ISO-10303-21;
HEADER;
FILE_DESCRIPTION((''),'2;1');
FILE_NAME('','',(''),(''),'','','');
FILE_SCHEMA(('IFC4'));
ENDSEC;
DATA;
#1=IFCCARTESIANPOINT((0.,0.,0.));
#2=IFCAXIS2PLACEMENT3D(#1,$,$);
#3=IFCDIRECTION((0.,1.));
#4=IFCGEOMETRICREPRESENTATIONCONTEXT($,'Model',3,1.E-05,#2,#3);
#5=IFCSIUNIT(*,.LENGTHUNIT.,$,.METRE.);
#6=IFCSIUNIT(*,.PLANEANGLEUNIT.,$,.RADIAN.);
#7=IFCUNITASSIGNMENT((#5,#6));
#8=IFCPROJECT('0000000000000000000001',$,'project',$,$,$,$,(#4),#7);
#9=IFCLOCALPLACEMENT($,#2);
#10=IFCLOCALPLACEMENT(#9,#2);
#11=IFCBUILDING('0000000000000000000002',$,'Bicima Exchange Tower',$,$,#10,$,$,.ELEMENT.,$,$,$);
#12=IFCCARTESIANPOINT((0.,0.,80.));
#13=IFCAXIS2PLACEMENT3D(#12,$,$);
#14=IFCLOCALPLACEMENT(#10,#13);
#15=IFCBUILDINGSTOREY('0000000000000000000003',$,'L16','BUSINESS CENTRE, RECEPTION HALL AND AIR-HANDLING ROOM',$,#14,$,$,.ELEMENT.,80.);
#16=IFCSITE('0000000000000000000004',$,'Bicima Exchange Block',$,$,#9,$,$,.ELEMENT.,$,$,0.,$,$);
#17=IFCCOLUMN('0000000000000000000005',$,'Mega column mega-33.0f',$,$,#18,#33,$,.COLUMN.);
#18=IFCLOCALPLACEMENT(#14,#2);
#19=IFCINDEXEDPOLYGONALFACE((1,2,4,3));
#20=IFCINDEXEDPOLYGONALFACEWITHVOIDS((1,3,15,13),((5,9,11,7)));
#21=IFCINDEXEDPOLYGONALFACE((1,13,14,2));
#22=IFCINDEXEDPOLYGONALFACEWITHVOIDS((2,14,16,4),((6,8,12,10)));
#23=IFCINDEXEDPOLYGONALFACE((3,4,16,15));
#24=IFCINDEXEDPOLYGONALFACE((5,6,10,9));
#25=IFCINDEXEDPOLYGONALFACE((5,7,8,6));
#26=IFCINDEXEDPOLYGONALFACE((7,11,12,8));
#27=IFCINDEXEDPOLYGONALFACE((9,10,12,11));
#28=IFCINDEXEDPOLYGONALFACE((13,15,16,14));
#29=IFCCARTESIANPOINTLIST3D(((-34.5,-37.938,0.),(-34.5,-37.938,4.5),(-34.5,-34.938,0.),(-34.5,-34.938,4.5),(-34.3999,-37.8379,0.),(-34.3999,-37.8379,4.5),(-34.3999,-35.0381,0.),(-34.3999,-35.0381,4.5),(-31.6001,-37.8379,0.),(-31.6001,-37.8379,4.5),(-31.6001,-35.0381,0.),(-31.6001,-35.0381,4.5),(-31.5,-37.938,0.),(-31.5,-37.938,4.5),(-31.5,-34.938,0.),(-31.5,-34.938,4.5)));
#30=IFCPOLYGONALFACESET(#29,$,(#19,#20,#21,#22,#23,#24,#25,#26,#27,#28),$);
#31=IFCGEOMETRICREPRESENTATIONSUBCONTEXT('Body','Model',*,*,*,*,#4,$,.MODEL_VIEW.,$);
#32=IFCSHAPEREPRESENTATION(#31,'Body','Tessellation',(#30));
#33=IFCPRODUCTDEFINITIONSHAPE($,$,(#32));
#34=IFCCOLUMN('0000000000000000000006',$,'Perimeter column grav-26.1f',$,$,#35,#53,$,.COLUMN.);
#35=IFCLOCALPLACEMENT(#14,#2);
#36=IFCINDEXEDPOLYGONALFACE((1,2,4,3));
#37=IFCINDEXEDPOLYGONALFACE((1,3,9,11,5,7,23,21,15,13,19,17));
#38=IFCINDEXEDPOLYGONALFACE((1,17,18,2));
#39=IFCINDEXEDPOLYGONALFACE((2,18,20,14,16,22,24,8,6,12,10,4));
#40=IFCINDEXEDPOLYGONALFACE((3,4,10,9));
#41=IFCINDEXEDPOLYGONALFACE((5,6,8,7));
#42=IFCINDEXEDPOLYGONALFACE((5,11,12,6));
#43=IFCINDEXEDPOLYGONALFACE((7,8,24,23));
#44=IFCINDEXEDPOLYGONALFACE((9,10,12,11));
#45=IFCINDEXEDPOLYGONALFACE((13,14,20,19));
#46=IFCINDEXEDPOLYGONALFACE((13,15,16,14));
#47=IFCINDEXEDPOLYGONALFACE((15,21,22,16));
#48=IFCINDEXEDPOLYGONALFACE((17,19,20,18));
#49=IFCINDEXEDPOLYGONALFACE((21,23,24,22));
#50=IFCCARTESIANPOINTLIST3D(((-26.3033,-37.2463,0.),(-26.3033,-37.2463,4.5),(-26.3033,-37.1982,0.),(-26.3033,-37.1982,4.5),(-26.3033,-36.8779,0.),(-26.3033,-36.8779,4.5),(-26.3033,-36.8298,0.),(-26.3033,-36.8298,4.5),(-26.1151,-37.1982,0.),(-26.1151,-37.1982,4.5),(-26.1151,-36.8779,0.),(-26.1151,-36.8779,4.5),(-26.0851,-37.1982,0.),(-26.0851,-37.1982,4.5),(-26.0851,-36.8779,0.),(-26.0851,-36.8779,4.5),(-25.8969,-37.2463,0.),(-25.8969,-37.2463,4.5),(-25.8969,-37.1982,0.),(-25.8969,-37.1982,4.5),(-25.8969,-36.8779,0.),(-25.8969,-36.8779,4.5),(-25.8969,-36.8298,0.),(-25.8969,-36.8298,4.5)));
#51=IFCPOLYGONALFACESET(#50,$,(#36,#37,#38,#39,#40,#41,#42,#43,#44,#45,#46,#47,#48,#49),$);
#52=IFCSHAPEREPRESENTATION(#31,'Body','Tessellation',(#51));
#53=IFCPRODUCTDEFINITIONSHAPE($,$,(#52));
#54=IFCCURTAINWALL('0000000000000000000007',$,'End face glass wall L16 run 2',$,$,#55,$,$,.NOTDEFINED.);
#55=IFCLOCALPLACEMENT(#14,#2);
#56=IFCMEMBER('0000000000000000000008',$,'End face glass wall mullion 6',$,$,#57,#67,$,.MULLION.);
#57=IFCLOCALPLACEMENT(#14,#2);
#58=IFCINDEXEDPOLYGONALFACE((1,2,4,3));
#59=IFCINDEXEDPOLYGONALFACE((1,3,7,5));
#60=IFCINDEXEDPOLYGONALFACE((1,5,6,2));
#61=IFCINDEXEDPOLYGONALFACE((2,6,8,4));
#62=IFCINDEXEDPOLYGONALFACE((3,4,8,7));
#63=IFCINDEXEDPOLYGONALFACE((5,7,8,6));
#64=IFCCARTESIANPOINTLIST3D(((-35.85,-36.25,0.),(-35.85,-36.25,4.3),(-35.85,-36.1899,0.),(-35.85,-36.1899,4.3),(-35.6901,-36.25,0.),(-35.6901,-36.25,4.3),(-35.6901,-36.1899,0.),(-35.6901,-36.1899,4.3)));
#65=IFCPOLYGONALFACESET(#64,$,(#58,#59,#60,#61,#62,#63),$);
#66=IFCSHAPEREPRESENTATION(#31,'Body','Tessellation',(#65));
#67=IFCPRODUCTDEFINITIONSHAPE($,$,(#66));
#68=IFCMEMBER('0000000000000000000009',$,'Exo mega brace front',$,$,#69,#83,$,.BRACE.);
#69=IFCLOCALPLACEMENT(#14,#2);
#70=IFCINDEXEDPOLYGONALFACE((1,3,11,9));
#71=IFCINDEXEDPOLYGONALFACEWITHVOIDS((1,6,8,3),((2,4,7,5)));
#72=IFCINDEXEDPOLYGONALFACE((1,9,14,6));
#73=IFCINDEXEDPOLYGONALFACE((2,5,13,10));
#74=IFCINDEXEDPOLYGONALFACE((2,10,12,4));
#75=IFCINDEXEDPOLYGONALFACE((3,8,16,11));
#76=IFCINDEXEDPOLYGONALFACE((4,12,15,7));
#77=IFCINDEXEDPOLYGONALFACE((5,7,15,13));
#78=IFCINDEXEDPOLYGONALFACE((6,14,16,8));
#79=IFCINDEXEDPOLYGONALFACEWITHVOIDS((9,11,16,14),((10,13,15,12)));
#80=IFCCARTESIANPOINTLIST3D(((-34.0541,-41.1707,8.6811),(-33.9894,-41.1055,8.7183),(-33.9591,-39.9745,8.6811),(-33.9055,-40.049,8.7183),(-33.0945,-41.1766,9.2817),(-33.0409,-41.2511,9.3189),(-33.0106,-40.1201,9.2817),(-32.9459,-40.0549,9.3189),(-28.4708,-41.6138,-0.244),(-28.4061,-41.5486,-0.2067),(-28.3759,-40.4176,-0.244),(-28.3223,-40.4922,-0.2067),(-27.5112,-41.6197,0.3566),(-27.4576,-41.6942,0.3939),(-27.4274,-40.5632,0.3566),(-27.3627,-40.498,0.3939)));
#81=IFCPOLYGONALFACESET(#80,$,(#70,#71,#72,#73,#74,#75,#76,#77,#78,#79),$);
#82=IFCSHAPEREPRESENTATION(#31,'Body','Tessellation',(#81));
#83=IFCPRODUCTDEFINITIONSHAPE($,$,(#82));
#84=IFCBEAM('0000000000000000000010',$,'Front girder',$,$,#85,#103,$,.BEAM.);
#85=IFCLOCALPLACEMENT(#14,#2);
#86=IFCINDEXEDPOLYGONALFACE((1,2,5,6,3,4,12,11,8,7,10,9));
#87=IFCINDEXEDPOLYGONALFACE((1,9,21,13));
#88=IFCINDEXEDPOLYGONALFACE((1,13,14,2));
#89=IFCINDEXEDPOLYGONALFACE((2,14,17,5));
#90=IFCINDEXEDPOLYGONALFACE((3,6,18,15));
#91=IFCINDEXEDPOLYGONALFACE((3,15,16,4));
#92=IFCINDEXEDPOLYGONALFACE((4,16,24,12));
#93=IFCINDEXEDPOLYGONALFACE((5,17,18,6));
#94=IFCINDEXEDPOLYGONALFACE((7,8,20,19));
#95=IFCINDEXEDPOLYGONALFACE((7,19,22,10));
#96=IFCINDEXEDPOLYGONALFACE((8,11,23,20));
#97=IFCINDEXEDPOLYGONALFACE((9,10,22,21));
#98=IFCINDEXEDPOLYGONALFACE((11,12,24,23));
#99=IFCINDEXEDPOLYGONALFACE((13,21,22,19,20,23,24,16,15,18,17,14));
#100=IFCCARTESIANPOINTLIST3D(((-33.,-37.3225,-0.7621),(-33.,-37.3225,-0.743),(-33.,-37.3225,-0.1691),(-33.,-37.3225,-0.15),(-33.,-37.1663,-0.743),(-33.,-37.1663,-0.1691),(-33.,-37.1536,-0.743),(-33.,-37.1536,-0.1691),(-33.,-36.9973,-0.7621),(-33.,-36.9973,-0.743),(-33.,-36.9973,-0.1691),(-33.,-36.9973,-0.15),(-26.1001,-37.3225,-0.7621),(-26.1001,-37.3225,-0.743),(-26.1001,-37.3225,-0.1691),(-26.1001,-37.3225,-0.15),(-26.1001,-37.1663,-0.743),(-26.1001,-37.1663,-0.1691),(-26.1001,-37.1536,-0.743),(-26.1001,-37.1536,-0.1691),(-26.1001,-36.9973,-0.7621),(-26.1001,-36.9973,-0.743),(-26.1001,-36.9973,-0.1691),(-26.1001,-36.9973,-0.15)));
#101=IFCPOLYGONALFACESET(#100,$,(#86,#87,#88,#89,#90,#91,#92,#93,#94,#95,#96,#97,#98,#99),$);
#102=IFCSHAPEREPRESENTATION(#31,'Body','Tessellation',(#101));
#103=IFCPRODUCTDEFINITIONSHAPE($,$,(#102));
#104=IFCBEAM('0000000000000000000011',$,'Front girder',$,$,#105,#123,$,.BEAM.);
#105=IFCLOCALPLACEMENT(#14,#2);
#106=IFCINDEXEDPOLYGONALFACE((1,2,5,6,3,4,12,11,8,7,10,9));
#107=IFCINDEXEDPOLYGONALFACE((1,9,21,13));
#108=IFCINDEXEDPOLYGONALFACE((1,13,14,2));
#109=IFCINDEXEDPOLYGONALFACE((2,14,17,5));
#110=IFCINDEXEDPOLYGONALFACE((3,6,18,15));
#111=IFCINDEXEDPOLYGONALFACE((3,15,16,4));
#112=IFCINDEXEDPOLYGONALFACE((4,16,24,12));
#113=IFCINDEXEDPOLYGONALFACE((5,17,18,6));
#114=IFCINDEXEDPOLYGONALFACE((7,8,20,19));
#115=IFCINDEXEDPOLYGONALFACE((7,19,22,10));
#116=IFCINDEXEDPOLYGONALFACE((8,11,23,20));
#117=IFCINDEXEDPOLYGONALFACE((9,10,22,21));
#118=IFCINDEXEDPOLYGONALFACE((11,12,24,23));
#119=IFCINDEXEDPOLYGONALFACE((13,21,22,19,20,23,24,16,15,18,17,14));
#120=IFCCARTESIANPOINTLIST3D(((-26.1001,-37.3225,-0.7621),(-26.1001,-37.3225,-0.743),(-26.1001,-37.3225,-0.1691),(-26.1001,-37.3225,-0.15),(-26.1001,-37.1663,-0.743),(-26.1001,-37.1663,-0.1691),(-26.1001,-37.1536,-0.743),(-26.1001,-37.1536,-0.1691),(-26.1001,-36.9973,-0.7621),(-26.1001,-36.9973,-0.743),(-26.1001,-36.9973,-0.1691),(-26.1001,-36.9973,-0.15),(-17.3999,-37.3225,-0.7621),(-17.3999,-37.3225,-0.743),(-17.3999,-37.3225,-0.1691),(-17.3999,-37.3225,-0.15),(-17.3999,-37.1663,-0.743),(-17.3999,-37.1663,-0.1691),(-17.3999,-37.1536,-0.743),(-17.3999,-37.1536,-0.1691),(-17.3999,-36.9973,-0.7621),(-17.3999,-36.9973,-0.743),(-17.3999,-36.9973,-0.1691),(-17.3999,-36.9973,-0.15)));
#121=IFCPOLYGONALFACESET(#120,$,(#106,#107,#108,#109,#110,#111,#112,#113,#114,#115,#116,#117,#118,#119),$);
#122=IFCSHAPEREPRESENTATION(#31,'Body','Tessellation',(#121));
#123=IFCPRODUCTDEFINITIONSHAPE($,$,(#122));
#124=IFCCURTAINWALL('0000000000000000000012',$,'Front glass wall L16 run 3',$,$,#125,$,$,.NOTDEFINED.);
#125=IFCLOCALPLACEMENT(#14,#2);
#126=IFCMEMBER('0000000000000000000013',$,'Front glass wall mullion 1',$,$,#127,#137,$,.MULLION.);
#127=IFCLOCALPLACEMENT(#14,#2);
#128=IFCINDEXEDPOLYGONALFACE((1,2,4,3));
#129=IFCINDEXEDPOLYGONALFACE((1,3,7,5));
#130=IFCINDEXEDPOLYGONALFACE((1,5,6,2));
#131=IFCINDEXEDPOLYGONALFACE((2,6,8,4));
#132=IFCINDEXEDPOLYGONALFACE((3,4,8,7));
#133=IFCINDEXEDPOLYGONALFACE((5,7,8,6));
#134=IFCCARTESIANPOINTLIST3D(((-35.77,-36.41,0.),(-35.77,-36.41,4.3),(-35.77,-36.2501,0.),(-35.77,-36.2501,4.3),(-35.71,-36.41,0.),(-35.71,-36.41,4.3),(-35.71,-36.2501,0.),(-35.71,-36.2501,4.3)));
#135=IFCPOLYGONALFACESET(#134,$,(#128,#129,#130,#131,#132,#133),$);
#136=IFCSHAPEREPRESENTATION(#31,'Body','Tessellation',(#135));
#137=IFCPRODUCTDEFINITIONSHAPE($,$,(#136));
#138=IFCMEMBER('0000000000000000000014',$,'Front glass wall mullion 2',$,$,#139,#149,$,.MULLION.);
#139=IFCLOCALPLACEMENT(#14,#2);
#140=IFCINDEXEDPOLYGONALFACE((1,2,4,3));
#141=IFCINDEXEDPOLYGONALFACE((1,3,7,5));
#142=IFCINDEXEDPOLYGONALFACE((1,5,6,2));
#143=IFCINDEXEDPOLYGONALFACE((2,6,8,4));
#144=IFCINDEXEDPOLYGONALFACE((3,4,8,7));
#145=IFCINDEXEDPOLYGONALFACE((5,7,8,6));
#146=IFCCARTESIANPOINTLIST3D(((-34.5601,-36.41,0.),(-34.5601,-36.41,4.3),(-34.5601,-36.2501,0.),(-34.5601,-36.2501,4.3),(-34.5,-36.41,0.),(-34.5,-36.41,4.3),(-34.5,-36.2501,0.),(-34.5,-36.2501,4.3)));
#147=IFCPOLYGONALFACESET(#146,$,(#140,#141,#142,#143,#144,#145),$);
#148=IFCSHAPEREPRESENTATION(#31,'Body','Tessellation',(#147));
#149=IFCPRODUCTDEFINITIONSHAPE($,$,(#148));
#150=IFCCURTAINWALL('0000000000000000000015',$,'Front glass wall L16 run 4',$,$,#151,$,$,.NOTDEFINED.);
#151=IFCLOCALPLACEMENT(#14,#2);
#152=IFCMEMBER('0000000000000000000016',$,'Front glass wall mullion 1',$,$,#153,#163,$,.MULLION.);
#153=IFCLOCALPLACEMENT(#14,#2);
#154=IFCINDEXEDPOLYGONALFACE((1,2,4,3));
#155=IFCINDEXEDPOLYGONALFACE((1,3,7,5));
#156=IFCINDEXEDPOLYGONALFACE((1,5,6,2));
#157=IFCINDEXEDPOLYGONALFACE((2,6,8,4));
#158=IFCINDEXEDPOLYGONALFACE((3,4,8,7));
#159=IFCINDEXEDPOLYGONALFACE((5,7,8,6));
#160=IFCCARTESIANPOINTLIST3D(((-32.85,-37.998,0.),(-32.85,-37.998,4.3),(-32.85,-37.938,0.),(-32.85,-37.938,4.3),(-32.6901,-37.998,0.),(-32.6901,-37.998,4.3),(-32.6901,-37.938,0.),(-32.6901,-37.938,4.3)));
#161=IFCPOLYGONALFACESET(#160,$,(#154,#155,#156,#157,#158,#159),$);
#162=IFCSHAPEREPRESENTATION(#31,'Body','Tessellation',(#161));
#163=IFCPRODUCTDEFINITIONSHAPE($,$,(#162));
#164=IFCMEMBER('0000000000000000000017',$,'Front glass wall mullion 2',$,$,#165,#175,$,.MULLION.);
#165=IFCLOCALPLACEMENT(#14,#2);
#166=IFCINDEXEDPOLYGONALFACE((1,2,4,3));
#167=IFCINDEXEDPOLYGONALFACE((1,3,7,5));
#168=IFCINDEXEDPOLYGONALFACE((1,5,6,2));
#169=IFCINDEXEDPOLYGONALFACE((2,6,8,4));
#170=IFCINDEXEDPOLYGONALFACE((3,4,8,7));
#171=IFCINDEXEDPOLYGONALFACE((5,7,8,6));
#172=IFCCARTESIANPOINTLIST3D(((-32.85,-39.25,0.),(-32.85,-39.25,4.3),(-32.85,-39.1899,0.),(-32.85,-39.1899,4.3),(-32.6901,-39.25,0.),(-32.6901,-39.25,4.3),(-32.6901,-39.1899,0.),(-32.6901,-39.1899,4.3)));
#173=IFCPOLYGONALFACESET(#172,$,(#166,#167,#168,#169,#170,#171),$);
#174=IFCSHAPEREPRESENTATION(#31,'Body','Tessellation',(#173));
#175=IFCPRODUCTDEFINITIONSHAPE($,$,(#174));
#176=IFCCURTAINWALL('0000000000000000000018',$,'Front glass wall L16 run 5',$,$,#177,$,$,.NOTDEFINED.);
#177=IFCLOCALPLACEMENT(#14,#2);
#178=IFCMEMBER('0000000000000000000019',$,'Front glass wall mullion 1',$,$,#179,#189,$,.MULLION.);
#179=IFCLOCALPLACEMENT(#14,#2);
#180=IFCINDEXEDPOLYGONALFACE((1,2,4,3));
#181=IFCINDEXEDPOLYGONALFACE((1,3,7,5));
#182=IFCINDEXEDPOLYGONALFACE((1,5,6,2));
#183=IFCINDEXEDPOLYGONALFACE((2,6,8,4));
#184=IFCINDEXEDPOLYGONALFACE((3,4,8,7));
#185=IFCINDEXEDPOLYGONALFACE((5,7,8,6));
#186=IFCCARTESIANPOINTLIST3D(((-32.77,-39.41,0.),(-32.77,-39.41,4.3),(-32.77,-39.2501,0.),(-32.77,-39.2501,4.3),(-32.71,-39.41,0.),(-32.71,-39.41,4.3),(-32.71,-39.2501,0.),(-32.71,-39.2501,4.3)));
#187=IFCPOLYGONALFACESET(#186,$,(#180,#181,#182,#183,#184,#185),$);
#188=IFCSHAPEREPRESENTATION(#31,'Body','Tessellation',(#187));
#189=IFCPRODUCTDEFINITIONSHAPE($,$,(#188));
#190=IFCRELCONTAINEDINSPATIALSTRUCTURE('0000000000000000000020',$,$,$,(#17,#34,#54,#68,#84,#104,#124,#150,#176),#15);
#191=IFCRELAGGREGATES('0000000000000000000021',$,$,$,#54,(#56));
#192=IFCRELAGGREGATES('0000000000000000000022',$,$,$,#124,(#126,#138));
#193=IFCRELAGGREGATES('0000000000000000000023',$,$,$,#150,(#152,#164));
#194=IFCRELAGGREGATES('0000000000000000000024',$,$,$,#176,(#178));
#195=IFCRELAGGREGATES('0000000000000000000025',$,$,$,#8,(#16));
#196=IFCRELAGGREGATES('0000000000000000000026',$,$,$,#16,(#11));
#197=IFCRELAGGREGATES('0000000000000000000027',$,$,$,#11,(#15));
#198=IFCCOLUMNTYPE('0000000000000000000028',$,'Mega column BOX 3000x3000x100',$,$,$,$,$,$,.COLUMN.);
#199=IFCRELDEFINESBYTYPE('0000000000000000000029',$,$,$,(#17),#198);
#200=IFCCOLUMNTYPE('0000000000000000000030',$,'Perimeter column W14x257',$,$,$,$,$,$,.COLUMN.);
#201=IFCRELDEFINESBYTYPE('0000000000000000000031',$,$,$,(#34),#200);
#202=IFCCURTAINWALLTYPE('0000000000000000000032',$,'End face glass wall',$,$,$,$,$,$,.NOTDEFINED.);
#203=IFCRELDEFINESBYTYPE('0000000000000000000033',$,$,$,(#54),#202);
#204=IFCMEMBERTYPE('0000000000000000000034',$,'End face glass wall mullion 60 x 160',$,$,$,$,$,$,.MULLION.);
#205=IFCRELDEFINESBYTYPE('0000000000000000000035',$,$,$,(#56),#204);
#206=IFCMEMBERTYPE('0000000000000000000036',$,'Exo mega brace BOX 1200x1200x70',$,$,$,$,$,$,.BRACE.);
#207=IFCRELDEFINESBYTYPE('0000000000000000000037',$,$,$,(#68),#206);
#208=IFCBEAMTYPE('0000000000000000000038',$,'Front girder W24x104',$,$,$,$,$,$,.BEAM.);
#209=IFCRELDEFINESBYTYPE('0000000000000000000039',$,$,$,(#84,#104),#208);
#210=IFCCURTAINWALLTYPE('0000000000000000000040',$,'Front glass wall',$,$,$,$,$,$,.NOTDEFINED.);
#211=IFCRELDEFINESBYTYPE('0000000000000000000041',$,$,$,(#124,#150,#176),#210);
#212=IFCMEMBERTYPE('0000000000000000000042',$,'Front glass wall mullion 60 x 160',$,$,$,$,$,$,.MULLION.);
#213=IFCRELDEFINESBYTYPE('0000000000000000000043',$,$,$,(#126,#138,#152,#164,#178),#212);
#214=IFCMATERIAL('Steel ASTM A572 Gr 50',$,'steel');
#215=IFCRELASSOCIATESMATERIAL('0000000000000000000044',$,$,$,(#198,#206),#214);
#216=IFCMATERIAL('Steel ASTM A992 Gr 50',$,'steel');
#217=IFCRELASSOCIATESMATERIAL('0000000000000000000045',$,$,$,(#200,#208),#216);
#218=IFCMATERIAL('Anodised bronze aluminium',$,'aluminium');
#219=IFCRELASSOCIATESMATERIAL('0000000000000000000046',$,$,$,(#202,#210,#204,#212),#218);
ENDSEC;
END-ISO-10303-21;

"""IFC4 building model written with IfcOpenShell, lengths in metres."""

from ifc_helpers import new_model, si_unit, direction, frame, origin, origin_2d, place, context, subcontext, project, spatial, rectangle, hollow_rectangle, i_section, extrude, material, material_profile, profile_set, type_object, element, aggregate, save


model = new_model("IFC4")

# Units and contexts
model_context = context("Model", 3, precision=1e-05, world=origin(), true_north=direction((0.0, 1.0)))
body_context = subcontext(model_context, "Body", "Model", "MODEL_VIEW")
ifc_project = project(units=[si_unit("LENGTHUNIT", "METRE"), si_unit("PLANEANGLEUNIT", "RADIAN")], contexts=[model_context])

# Site, building, storey
site_placement = place(None, origin())
site = spatial("IfcSite", under=ifc_project, at=site_placement, Name="Bicima Exchange Block", CompositionType="ELEMENT", RefElevation=0.0)
building_placement = place(site_placement, origin())
building = spatial("IfcBuilding", under=site, at=building_placement, Name="Bicima Exchange Tower", CompositionType="ELEMENT")
storey_placement = place(building_placement, frame((0.0, 0.0, 80.0)))
storey = spatial("IfcBuildingStorey", under=building, at=storey_placement, Name="L16", Description="BUSINESS CENTRE, RECEPTION HALL AND AIR-HANDLING ROOM", CompositionType="ELEMENT", Elevation=80.0)

# Columns
ifc_material_1 = material(Name="Steel ASTM A572 Gr 50", Category="steel")
ifc_material_profile_1 = material_profile(ifc_material_1, hollow_rectangle(XDim=3.0, YDim=3.0, WallThickness=0.1001, at=origin_2d()))
ifc_profile_set_1 = profile_set([ifc_material_profile_1], Name="Steel ASTM A572 Gr 50")
column_type_1 = type_object("IfcColumnType", Name="Mega column BOX 3000x3000x100", PredefinedType="COLUMN", material=ifc_profile_set_1)
column_1_placement = place(storey_placement, frame((-33.0, -36.438, 0.0), z_axis=(0.0, 0.0, 1.0), x_axis=(1.0, 0.0, 0.0)))
element("IfcColumn", 1, at=column_1_placement, inside=storey, type_object=column_type_1, Name="Mega column mega-33.0f", PredefinedType="COLUMN", context=body_context, shape_type="SweptSolid", body=[
    extrude(hollow_rectangle(XDim=3.0, YDim=3.0, WallThickness=0.1001, at=origin_2d()), origin(), (0.0, 0.0, 1.0), 4.5),
])
ifc_material_2 = material(Name="Steel ASTM A992 Gr 50", Category="steel")
ifc_material_profile_2 = material_profile(ifc_material_2, i_section(OverallWidth=0.4065, OverallDepth=0.4165, WebThickness=0.03, FlangeThickness=0.0481, at=origin_2d()))
ifc_profile_set_2 = profile_set([ifc_material_profile_2], Name="Steel ASTM A992 Gr 50")
column_type_2 = type_object("IfcColumnType", Name="Perimeter column W14x257", PredefinedType="COLUMN", material=ifc_profile_set_2)
column_2_placement = place(storey_placement, frame((-26.1001, -37.0381, 0.0), z_axis=(0.0, 0.0, 1.0), x_axis=(1.0, 0.0, 0.0)))
element("IfcColumn", 2, at=column_2_placement, inside=storey, type_object=column_type_2, Name="Perimeter column grav-26.1f", PredefinedType="COLUMN", context=body_context, shape_type="SweptSolid", body=[
    extrude(i_section(OverallWidth=0.4065, OverallDepth=0.4165, WebThickness=0.03, FlangeThickness=0.0481, at=origin_2d()), origin(), (0.0, 0.0, 1.0), 4.5),
])

# Curtain wall, member
ifc_material_3 = material(Name="Anodised bronze aluminium", Category="aluminium")
curtain_wall_type_1 = type_object("IfcCurtainWallType", Name="End face glass wall", PredefinedType="NOTDEFINED", material=ifc_material_3)
curtain_wall_1_placement = place(storey_placement, origin())
curtain_wall_1 = element("IfcCurtainWall", 3, at=curtain_wall_1_placement, inside=storey, type_object=curtain_wall_type_1, Name="End face glass wall L16 run 2", PredefinedType="NOTDEFINED")
ifc_material_profile_3 = material_profile(ifc_material_3, rectangle(XDim=0.1599, YDim=0.0601, at=origin_2d()))
ifc_profile_set_3 = profile_set([ifc_material_profile_3], Name="Anodised bronze aluminium")
member_type_1 = type_object("IfcMemberType", Name="End face glass wall mullion 60 x 160", PredefinedType="MULLION", material=ifc_profile_set_3)
member_1_placement = place(storey_placement, frame((-35.77, -36.22, 0.0), z_axis=(0.0, 0.0, 1.0), x_axis=(1.0, 0.0, 0.0)))
member_1 = element("IfcMember", 4, at=member_1_placement, type_object=member_type_1, Name="End face glass wall mullion 6", PredefinedType="MULLION", context=body_context, shape_type="SweptSolid", body=[
    extrude(rectangle(XDim=0.1599, YDim=0.0601, at=origin_2d()), origin(), (0.0, 0.0, 1.0), 4.3),
])
aggregate(curtain_wall_1, [member_1])

# Member
ifc_material_profile_4 = material_profile(ifc_material_1, hollow_rectangle(XDim=1.2, YDim=1.2, WallThickness=0.0701, at=origin_2d()))
ifc_profile_set_4 = profile_set([ifc_material_profile_4], Name="Steel ASTM A572 Gr 50")
member_type_2 = type_object("IfcMemberType", Name="Exo mega brace BOX 1200x1200x70", PredefinedType="BRACE", material=ifc_profile_set_4)
member_2_placement = place(storey_placement, frame((-27.9167, -41.0559, 0.075), z_axis=(-0.529878, 0.042054, 0.847031), x_axis=(-0.079116, -0.996865, 0.0)))
element("IfcMember", 5, at=member_2_placement, inside=storey, type_object=member_type_2, Name="Exo mega brace front", PredefinedType="BRACE", context=body_context, shape_type="SweptSolid", body=[
    extrude(hollow_rectangle(XDim=1.2, YDim=1.2, WallThickness=0.0701, at=origin_2d()), origin(), (0.0, 0.0, 1.0), 10.5369),
])

# Beams
ifc_material_profile_5 = material_profile(ifc_material_2, i_section(OverallWidth=0.3252, OverallDepth=0.6121, WebThickness=0.0127, FlangeThickness=0.019, at=origin_2d()))
ifc_profile_set_5 = profile_set([ifc_material_profile_5], Name="Steel ASTM A992 Gr 50")
beam_type = type_object("IfcBeamType", Name="Front girder W24x104", PredefinedType="BEAM", material=ifc_profile_set_5)
beam_1_placement = place(storey_placement, frame((-33.0, -37.1599, -0.4561), z_axis=(1.0, 0.0, 0.0), x_axis=(0.0, 1.0, 0.0)))
element("IfcBeam", 6, at=beam_1_placement, inside=storey, type_object=beam_type, Name="Front girder", PredefinedType="BEAM", context=body_context, shape_type="SweptSolid", body=[
    extrude(i_section(OverallWidth=0.3252, OverallDepth=0.6121, WebThickness=0.0127, FlangeThickness=0.019, at=origin_2d()), origin(), (0.0, 0.0, 1.0), 6.8999),
])
beam_2_placement = place(storey_placement, frame((-26.1001, -37.1599, -0.4561), z_axis=(1.0, 0.0, 0.0), x_axis=(0.0, 1.0, 0.0)))
element("IfcBeam", 7, at=beam_2_placement, inside=storey, type_object=beam_type, Name="Front girder", PredefinedType="BEAM", context=body_context, shape_type="SweptSolid", body=[
    extrude(i_section(OverallWidth=0.3252, OverallDepth=0.6121, WebThickness=0.0127, FlangeThickness=0.019, at=origin_2d()), origin(), (0.0, 0.0, 1.0), 8.7002),
])

# Curtain walls, members
curtain_wall_type_2 = type_object("IfcCurtainWallType", Name="Front glass wall", PredefinedType="NOTDEFINED", material=ifc_material_3)
curtain_wall_2_placement = place(storey_placement, origin())
curtain_wall_2 = element("IfcCurtainWall", 8, at=curtain_wall_2_placement, inside=storey, type_object=curtain_wall_type_2, Name="Front glass wall L16 run 3", PredefinedType="NOTDEFINED")
member_type_3 = type_object("IfcMemberType", Name="Front glass wall mullion 60 x 160", PredefinedType="MULLION", material=ifc_profile_set_3)
member_3_placement = place(storey_placement, frame((-35.74, -36.3301, 0.0), z_axis=(0.0, 0.0, 1.0), x_axis=(0.0, 1.0, 0.0)))
member_3 = element("IfcMember", 9, at=member_3_placement, type_object=member_type_3, Name="Front glass wall mullion 1", PredefinedType="MULLION", context=body_context, shape_type="SweptSolid", body=[
    extrude(rectangle(XDim=0.1599, YDim=0.0601, at=origin_2d()), origin(), (0.0, 0.0, 1.0), 4.3),
])
member_4_placement = place(storey_placement, frame((-34.53, -36.3301, 0.0), z_axis=(0.0, 0.0, 1.0), x_axis=(0.0, 1.0, 0.0)))
member_4 = element("IfcMember", 10, at=member_4_placement, type_object=member_type_3, Name="Front glass wall mullion 2", PredefinedType="MULLION", context=body_context, shape_type="SweptSolid", body=[
    extrude(rectangle(XDim=0.1599, YDim=0.0601, at=origin_2d()), origin(), (0.0, 0.0, 1.0), 4.3),
])
curtain_wall_3_placement = place(storey_placement, origin())
curtain_wall_3 = element("IfcCurtainWall", 11, at=curtain_wall_3_placement, inside=storey, type_object=curtain_wall_type_2, Name="Front glass wall L16 run 4", PredefinedType="NOTDEFINED")
member_5_placement = place(storey_placement, frame((-32.77, -37.968, 0.0), z_axis=(0.0, 0.0, 1.0), x_axis=(1.0, 0.0, 0.0)))
member_5 = element("IfcMember", 12, at=member_5_placement, type_object=member_type_3, Name="Front glass wall mullion 1", PredefinedType="MULLION", context=body_context, shape_type="SweptSolid", body=[
    extrude(rectangle(XDim=0.1599, YDim=0.0601, at=origin_2d()), origin(), (0.0, 0.0, 1.0), 4.3),
])
member_6_placement = place(storey_placement, frame((-32.77, -39.22, 0.0), z_axis=(0.0, 0.0, 1.0), x_axis=(1.0, 0.0, 0.0)))
member_6 = element("IfcMember", 13, at=member_6_placement, type_object=member_type_3, Name="Front glass wall mullion 2", PredefinedType="MULLION", context=body_context, shape_type="SweptSolid", body=[
    extrude(rectangle(XDim=0.1599, YDim=0.0601, at=origin_2d()), origin(), (0.0, 0.0, 1.0), 4.3),
])
curtain_wall_4_placement = place(storey_placement, origin())
curtain_wall_4 = element("IfcCurtainWall", 14, at=curtain_wall_4_placement, inside=storey, type_object=curtain_wall_type_2, Name="Front glass wall L16 run 5", PredefinedType="NOTDEFINED")
member_7_placement = place(storey_placement, frame((-32.74, -39.3301, 0.0), z_axis=(0.0, 0.0, 1.0), x_axis=(0.0, 1.0, 0.0)))
member_7 = element("IfcMember", 15, at=member_7_placement, type_object=member_type_3, Name="Front glass wall mullion 1", PredefinedType="MULLION", context=body_context, shape_type="SweptSolid", body=[
    extrude(rectangle(XDim=0.1599, YDim=0.0601, at=origin_2d()), origin(), (0.0, 0.0, 1.0), 4.3),
])

aggregate(curtain_wall_2, [member_3, member_4])
aggregate(curtain_wall_3, [member_5, member_6])
aggregate(curtain_wall_4, [member_7])

save(model, "model.ifc")
